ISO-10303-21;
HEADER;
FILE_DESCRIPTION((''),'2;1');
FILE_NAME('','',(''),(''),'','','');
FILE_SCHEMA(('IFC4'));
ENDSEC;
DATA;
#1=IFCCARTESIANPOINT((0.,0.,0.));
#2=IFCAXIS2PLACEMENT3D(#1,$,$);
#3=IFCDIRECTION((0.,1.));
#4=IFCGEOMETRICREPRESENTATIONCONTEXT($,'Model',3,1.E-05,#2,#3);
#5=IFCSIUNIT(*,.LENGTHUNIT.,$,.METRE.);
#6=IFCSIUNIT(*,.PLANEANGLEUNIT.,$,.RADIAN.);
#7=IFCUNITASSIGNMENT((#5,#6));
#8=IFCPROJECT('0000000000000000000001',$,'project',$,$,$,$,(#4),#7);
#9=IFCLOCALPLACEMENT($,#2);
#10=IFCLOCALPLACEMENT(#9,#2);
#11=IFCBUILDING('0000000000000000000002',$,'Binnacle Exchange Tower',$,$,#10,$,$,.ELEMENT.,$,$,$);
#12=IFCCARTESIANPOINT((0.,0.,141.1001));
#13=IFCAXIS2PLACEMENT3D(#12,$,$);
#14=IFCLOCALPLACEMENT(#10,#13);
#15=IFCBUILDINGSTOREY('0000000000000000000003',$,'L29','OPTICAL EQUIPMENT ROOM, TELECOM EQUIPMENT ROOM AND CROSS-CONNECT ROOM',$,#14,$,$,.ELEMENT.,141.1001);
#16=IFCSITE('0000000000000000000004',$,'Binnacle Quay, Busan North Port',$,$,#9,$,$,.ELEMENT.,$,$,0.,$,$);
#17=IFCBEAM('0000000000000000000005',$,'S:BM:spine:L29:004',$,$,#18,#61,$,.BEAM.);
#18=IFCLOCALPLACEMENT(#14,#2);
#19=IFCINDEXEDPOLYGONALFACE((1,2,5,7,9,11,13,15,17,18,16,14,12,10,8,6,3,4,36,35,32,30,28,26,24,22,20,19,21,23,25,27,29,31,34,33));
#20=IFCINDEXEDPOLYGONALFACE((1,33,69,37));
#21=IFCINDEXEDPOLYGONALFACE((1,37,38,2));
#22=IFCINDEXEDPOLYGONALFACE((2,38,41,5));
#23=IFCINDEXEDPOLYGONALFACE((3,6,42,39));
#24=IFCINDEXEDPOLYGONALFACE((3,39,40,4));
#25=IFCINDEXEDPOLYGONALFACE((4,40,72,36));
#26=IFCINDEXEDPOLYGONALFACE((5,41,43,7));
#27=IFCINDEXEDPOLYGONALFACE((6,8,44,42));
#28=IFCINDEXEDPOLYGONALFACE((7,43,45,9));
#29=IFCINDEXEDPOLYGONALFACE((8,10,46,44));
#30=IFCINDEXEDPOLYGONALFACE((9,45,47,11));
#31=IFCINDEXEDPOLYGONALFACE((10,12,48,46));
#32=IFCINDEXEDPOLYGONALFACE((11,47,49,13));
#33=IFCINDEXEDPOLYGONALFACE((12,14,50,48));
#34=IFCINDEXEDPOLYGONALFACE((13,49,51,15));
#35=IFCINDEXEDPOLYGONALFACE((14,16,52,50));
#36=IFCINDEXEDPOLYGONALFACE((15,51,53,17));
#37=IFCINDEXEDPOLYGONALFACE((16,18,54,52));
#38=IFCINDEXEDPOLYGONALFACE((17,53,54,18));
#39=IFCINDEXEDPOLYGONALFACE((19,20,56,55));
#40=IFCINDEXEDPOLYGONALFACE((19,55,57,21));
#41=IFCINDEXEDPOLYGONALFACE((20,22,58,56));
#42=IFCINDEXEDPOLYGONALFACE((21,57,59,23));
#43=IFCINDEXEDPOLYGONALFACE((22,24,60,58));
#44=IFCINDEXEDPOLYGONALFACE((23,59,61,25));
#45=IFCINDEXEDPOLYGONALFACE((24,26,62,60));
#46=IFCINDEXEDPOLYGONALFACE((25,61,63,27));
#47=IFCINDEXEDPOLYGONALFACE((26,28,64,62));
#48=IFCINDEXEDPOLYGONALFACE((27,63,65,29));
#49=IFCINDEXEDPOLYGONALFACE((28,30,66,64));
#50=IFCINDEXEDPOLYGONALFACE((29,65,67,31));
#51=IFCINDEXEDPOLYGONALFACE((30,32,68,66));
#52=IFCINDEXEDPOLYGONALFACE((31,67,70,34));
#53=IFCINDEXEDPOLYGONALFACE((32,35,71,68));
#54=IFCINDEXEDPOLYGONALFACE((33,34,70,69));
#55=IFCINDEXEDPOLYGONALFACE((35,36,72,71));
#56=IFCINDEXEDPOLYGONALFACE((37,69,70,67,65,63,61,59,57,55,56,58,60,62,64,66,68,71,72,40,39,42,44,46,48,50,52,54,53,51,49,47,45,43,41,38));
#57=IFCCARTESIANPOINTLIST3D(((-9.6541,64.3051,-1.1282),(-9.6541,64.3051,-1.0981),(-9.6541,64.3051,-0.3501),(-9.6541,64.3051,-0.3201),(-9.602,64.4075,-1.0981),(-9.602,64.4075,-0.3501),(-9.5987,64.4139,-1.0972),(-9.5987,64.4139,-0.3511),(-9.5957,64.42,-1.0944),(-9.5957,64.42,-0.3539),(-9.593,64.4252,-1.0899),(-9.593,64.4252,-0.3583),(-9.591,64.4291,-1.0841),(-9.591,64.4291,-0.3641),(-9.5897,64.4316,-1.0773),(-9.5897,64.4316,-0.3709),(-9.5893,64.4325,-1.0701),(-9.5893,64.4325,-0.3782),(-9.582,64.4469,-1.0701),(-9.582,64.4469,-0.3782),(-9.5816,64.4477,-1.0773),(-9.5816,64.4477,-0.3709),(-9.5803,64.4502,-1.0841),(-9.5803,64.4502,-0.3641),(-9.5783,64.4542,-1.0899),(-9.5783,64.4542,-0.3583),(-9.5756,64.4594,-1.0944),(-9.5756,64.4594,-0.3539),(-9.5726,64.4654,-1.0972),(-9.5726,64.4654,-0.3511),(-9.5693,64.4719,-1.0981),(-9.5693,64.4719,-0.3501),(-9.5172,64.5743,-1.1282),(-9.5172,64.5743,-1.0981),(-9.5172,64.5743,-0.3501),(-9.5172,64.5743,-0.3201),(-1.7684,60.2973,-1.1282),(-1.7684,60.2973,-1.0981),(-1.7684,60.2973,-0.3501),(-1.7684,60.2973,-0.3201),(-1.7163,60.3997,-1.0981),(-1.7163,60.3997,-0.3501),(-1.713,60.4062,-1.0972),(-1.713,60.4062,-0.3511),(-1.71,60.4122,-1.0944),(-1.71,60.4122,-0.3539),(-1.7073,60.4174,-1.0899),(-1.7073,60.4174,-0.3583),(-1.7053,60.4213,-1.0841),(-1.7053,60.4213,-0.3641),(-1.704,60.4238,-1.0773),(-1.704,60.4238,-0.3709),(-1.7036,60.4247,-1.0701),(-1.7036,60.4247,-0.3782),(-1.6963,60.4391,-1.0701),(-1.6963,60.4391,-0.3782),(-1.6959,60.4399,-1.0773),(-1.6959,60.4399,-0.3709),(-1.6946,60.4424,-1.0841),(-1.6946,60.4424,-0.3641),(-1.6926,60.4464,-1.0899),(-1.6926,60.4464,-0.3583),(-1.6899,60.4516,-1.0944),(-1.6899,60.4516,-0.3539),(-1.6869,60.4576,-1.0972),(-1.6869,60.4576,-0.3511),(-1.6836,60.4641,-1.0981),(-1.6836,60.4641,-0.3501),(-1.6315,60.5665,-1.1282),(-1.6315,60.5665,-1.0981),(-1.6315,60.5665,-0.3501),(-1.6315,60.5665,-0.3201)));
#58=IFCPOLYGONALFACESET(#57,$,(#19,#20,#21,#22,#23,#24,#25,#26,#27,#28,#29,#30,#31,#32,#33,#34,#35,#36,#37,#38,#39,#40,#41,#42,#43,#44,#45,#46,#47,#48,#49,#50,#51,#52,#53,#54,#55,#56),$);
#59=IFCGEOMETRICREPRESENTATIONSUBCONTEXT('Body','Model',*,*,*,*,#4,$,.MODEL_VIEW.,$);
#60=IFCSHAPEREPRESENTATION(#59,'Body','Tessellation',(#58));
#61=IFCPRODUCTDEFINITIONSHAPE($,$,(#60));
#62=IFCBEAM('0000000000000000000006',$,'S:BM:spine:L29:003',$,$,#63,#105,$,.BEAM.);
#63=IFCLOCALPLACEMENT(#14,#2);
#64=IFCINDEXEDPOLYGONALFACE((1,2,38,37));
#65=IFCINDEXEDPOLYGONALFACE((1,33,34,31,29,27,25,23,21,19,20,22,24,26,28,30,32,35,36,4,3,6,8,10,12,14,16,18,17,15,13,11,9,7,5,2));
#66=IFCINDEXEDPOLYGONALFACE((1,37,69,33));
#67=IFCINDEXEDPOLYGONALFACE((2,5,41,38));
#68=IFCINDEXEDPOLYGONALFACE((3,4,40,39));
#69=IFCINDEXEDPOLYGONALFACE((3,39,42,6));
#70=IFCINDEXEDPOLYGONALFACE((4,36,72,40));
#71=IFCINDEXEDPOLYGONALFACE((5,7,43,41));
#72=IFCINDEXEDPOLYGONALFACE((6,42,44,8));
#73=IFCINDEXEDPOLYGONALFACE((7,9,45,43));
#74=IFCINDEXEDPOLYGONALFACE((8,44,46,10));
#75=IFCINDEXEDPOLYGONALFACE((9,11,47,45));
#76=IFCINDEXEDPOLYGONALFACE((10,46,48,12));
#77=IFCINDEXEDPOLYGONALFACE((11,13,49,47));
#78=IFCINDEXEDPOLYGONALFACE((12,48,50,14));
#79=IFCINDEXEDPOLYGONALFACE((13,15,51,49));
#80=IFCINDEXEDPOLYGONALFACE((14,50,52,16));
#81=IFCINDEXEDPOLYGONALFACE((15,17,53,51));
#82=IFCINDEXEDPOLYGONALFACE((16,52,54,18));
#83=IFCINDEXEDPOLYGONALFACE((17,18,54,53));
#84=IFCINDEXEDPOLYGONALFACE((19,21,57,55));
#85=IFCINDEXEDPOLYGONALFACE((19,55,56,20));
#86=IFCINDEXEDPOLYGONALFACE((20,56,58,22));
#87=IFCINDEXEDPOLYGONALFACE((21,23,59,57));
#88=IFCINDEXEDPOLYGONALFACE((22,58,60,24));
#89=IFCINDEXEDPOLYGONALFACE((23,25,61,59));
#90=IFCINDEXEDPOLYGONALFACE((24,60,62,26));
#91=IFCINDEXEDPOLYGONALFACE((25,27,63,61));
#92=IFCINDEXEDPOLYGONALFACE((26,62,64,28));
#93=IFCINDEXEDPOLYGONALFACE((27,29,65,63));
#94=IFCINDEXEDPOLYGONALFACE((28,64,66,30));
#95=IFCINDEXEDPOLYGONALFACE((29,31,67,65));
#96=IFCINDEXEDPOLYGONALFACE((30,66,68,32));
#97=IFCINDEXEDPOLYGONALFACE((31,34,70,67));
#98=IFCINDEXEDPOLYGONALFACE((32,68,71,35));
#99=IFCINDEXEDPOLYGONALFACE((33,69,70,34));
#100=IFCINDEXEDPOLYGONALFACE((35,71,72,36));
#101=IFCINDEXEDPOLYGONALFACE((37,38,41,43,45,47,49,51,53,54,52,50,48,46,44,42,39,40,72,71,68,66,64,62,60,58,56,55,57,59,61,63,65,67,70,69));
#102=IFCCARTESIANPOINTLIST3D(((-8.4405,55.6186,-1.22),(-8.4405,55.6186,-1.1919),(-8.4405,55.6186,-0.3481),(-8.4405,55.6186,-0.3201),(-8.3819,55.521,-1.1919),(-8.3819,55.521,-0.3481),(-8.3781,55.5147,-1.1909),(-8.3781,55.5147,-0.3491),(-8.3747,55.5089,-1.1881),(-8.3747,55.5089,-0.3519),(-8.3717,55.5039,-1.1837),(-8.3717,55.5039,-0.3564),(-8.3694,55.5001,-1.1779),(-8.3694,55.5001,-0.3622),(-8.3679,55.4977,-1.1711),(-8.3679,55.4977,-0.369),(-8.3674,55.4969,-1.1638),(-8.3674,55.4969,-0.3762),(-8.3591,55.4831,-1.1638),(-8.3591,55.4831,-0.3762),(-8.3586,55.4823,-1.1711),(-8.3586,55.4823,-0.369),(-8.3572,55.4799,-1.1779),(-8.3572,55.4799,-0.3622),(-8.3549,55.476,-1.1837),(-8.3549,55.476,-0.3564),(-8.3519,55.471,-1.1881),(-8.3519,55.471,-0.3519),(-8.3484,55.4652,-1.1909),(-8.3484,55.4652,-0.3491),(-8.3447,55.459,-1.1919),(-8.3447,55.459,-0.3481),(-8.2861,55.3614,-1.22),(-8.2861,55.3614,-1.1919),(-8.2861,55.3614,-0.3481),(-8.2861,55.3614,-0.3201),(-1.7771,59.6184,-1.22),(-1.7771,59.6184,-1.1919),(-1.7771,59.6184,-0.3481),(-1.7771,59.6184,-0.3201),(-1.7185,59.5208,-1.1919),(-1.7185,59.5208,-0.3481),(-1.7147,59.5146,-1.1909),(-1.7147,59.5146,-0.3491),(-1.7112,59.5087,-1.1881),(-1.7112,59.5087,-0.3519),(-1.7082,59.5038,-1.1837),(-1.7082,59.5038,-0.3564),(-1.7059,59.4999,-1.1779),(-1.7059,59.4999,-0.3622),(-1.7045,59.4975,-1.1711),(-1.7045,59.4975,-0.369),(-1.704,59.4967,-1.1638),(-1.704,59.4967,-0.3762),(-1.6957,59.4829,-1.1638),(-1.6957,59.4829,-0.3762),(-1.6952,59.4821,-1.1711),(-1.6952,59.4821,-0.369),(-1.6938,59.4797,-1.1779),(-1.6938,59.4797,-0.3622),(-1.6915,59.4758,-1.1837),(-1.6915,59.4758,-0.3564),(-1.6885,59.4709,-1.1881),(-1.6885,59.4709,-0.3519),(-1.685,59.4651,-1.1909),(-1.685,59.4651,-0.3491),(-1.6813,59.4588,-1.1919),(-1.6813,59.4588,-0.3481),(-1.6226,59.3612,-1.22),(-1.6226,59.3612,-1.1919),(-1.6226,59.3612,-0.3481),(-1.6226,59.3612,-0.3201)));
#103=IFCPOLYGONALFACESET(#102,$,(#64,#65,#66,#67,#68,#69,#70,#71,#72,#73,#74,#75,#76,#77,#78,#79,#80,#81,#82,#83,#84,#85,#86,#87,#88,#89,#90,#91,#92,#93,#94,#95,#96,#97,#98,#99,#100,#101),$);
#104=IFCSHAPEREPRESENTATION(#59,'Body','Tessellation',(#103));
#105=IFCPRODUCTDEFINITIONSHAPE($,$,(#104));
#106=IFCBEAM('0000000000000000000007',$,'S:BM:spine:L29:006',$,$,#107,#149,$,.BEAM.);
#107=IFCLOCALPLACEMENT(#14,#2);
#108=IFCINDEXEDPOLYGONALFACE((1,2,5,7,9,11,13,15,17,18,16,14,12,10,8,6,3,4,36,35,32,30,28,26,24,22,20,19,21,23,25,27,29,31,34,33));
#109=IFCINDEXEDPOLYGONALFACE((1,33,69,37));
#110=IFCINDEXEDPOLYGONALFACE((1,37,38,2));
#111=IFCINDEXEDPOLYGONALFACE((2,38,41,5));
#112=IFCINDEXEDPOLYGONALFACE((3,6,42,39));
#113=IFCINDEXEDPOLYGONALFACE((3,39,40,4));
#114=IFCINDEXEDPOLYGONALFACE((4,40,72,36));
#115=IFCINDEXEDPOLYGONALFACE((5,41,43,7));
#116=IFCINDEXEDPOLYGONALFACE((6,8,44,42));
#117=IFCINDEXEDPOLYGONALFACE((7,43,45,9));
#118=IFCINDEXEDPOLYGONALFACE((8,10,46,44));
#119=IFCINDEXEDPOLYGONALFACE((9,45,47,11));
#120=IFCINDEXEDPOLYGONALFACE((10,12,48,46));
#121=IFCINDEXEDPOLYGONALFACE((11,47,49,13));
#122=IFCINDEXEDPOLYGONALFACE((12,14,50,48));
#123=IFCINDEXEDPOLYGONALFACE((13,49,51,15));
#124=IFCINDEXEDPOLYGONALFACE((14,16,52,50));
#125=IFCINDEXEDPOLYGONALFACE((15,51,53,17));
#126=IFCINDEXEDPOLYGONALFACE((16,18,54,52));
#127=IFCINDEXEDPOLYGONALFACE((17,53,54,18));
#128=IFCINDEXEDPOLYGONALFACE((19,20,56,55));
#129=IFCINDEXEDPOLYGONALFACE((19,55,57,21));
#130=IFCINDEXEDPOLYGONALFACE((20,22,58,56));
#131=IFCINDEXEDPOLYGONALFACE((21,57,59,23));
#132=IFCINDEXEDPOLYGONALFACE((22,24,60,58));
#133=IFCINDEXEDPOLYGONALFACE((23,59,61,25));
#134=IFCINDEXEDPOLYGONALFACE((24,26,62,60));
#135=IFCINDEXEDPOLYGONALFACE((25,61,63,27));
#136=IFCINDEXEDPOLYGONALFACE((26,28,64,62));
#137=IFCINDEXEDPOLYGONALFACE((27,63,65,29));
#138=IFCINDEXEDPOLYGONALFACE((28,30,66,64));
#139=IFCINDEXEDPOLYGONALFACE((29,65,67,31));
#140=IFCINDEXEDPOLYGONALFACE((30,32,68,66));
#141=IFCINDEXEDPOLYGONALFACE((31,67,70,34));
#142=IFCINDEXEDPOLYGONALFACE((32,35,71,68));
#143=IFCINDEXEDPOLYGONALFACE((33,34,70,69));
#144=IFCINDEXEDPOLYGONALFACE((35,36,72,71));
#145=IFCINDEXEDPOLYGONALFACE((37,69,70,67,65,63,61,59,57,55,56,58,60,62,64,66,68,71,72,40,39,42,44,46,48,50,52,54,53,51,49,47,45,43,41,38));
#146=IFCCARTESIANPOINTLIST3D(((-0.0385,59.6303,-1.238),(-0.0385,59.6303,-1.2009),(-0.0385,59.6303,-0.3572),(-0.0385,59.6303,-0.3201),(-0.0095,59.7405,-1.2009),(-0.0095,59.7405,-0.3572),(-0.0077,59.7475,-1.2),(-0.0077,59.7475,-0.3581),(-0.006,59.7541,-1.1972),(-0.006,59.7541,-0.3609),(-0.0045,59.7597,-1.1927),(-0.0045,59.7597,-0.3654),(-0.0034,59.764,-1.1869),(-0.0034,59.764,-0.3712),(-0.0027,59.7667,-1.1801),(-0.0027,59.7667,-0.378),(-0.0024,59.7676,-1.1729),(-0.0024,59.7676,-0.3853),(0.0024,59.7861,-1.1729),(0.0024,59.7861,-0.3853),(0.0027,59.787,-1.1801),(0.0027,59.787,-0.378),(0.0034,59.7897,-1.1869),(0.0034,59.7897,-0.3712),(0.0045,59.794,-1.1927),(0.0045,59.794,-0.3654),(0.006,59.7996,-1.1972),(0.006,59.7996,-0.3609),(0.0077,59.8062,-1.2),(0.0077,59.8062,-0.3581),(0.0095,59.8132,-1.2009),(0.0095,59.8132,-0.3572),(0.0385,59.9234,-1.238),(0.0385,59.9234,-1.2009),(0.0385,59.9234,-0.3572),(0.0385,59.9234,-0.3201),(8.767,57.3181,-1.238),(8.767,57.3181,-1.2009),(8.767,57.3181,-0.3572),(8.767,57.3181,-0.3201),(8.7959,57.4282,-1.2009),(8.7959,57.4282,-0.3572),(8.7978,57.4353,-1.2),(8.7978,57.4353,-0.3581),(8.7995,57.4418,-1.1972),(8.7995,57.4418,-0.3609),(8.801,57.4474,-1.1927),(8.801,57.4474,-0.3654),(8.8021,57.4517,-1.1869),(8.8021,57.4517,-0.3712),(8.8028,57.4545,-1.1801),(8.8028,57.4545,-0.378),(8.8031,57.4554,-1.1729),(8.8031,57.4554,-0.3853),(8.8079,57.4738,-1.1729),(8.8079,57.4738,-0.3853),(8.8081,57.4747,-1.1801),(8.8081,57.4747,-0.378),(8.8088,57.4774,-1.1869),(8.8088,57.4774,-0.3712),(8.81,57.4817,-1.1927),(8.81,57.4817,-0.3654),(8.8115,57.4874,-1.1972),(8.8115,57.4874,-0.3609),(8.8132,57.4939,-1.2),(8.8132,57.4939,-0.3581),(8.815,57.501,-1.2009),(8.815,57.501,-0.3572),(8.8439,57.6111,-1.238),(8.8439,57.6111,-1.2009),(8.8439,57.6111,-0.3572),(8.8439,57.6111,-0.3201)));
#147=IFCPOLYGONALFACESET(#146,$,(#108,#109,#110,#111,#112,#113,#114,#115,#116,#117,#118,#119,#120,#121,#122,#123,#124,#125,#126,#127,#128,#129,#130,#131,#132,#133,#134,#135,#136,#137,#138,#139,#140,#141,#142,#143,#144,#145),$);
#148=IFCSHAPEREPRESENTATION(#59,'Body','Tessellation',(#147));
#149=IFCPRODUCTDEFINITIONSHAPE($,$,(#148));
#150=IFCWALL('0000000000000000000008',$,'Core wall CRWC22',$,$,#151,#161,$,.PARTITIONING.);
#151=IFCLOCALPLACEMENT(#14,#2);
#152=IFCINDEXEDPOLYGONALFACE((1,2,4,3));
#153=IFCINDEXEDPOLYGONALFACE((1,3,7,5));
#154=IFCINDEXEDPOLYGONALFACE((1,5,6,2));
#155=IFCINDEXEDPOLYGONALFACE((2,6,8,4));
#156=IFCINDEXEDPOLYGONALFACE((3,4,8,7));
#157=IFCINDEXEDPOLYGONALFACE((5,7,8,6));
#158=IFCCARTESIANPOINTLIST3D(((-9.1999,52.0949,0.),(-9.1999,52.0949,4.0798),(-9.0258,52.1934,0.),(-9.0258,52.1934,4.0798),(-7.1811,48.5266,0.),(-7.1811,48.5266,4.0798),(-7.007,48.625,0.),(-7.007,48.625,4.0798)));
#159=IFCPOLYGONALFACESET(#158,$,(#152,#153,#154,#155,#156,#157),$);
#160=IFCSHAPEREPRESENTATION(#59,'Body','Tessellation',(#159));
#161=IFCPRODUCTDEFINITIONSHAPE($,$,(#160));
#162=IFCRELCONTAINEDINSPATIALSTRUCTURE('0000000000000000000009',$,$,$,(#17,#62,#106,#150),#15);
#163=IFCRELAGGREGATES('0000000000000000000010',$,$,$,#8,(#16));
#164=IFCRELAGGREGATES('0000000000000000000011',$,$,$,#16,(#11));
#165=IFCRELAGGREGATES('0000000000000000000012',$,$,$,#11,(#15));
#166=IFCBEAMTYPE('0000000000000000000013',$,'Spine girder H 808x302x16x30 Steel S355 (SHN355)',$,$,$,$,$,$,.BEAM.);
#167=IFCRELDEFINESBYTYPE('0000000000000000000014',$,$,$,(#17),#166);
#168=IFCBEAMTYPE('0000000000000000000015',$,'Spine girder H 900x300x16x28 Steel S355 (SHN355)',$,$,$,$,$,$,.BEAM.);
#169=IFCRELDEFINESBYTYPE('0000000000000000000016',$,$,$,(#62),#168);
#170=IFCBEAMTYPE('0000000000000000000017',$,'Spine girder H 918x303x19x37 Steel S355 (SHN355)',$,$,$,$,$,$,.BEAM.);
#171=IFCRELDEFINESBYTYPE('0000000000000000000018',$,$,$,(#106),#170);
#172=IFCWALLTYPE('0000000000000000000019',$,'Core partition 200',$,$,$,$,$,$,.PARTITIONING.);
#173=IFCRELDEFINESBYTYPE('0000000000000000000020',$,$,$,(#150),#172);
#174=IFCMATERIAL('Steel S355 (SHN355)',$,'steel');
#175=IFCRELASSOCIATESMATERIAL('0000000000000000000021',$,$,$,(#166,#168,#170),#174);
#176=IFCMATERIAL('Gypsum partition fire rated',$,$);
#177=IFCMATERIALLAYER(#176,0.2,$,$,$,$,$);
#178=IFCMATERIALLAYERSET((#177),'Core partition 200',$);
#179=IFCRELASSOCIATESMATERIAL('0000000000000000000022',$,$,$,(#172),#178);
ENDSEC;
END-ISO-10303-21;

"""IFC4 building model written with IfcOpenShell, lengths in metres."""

from ifc_helpers import new_model, si_unit, direction, frame, frame_2d, origin, origin_2d, place, context, subcontext, project, spatial, rectangle, i_section, extrude, material, layer, layer_set, material_profile, profile_set, type_object, element, save


model = new_model("IFC4")

# Units and contexts
model_context = context("Model", 3, precision=1e-05, world=origin(), true_north=direction((0.0, 1.0)))
body_context = subcontext(model_context, "Body", "Model", "MODEL_VIEW")
ifc_project = project(units=[si_unit("LENGTHUNIT", "METRE"), si_unit("PLANEANGLEUNIT", "RADIAN")], contexts=[model_context])

# Site, building, storey
site_placement = place(None, origin())
site = spatial("IfcSite", under=ifc_project, at=site_placement, Name="Binnacle Quay, Busan North Port", CompositionType="ELEMENT", RefElevation=0.0)
building_placement = place(site_placement, origin())
building = spatial("IfcBuilding", under=site, at=building_placement, Name="Binnacle Exchange Tower", CompositionType="ELEMENT")
storey_placement = place(building_placement, frame((0.0, 0.0, 141.1001)))
storey = spatial("IfcBuildingStorey", under=building, at=storey_placement, Name="L29", Description="OPTICAL EQUIPMENT ROOM, TELECOM EQUIPMENT ROOM AND CROSS-CONNECT ROOM", CompositionType="ELEMENT", Elevation=141.1001)

# Beams
ifc_material_1 = material(Name="Steel S355 (SHN355)", Category="steel")
ifc_material_profile_1 = material_profile(ifc_material_1, i_section(OverallWidth=0.302, OverallDepth=0.8081, WebThickness=0.0161, FlangeThickness=0.03, FilletRadius=0.0281, at=origin_2d()), Name="H 808x302x16x30")
ifc_profile_set_1 = profile_set([ifc_material_profile_1], Name="Steel S355 (SHN355)")
beam_type_1 = type_object("IfcBeamType", Name="Spine girder H 808x302x16x30 Steel S355 (SHN355)", PredefinedType="BEAM", material=ifc_profile_set_1)
beam_1_placement = place(storey_placement, frame((-1.7, 60.4319, -0.7241), z_axis=(-0.891471, 0.453077, 0.0), x_axis=(-0.453077, -0.891471, 0.0)))
element("IfcBeam", 1, at=beam_1_placement, inside=storey, type_object=beam_type_1, Name="S:BM:spine:L29:004", PredefinedType="BEAM", context=body_context, shape_type="SweptSolid", body=[
    extrude(i_section(OverallWidth=0.302, OverallDepth=0.8081, WebThickness=0.0161, FlangeThickness=0.03, FilletRadius=0.0281, at=origin_2d()), origin(), (0.0, 0.0, 1.0), 8.8457),
])
ifc_material_profile_2 = material_profile(ifc_material_1, i_section(OverallWidth=0.3, OverallDepth=0.8999, WebThickness=0.0161, FlangeThickness=0.0281, FilletRadius=0.0281, at=origin_2d()), Name="H 900x300x16x28")
ifc_profile_set_2 = profile_set([ifc_material_profile_2], Name="Steel S355 (SHN355)")
beam_type_2 = type_object("IfcBeamType", Name="Spine girder H 900x300x16x28 Steel S355 (SHN355)", PredefinedType="BEAM", material=ifc_profile_set_2)
beam_2_placement = place(storey_placement, frame((-8.3633, 55.49, -0.77), z_axis=(0.857393, 0.514662, 0.0), x_axis=(-0.514662, 0.857393, 0.0)))
element("IfcBeam", 2, at=beam_2_placement, inside=storey, type_object=beam_type_2, Name="S:BM:spine:L29:003", PredefinedType="BEAM", context=body_context, shape_type="SweptSolid", body=[
    extrude(i_section(OverallWidth=0.3, OverallDepth=0.8999, WebThickness=0.0161, FlangeThickness=0.0281, FilletRadius=0.0281, at=origin_2d()), origin(), (0.0, 0.0, 1.0), 7.7717),
])
ifc_material_profile_3 = material_profile(ifc_material_1, i_section(OverallWidth=0.303, OverallDepth=0.918, WebThickness=0.019, FlangeThickness=0.0371, FilletRadius=0.0281, at=origin_2d()), Name="H 918x303x19x37")
ifc_profile_set_3 = profile_set([ifc_material_profile_3], Name="Steel S355 (SHN355)")
beam_type_3 = type_object("IfcBeamType", Name="Spine girder H 918x303x19x37 Steel S355 (SHN355)", PredefinedType="BEAM", material=ifc_profile_set_3)
beam_3_placement = place(storey_placement, frame((0.0, 59.7769, -0.7791), z_axis=(0.967208, -0.253984, 0.0), x_axis=(0.253984, 0.967208, 0.0)))
element("IfcBeam", 3, at=beam_3_placement, inside=storey, type_object=beam_type_3, Name="S:BM:spine:L29:006", PredefinedType="BEAM", context=body_context, shape_type="SweptSolid", body=[
    extrude(i_section(OverallWidth=0.303, OverallDepth=0.918, WebThickness=0.019, FlangeThickness=0.0371, FilletRadius=0.0281, at=origin_2d()), origin(), (0.0, 0.0, 1.0), 9.104),
])

# Wall
ifc_material_2 = material(Name="Gypsum partition fire rated")
ifc_layer_1 = layer(ifc_material_2, 0.2)
ifc_layer_set_1 = layer_set([ifc_layer_1], Name="Core partition 200")
wall_type_1 = type_object("IfcWallType", Name="Core partition 200", PredefinedType="PARTITIONING", material=ifc_layer_set_1)
wall_1_placement = place(storey_placement, frame((-9.1128, 52.144, 0.0), z_axis=(0.0, 0.0, 1.0), x_axis=(0.492408, -0.870364, 0.0)))
element("IfcWall", 4, at=wall_1_placement, inside=storey, type_object=wall_type_1, Name="Core wall CRWC22", PredefinedType="PARTITIONING", context=body_context, shape_type="SweptSolid", body=[
    extrude(rectangle(XDim=4.0999, YDim=0.2, at=frame_2d((2.0498, 0.0))), origin(), (0.0, 0.0, 1.0), 4.0798),
])

save(model, "model.ifc")
